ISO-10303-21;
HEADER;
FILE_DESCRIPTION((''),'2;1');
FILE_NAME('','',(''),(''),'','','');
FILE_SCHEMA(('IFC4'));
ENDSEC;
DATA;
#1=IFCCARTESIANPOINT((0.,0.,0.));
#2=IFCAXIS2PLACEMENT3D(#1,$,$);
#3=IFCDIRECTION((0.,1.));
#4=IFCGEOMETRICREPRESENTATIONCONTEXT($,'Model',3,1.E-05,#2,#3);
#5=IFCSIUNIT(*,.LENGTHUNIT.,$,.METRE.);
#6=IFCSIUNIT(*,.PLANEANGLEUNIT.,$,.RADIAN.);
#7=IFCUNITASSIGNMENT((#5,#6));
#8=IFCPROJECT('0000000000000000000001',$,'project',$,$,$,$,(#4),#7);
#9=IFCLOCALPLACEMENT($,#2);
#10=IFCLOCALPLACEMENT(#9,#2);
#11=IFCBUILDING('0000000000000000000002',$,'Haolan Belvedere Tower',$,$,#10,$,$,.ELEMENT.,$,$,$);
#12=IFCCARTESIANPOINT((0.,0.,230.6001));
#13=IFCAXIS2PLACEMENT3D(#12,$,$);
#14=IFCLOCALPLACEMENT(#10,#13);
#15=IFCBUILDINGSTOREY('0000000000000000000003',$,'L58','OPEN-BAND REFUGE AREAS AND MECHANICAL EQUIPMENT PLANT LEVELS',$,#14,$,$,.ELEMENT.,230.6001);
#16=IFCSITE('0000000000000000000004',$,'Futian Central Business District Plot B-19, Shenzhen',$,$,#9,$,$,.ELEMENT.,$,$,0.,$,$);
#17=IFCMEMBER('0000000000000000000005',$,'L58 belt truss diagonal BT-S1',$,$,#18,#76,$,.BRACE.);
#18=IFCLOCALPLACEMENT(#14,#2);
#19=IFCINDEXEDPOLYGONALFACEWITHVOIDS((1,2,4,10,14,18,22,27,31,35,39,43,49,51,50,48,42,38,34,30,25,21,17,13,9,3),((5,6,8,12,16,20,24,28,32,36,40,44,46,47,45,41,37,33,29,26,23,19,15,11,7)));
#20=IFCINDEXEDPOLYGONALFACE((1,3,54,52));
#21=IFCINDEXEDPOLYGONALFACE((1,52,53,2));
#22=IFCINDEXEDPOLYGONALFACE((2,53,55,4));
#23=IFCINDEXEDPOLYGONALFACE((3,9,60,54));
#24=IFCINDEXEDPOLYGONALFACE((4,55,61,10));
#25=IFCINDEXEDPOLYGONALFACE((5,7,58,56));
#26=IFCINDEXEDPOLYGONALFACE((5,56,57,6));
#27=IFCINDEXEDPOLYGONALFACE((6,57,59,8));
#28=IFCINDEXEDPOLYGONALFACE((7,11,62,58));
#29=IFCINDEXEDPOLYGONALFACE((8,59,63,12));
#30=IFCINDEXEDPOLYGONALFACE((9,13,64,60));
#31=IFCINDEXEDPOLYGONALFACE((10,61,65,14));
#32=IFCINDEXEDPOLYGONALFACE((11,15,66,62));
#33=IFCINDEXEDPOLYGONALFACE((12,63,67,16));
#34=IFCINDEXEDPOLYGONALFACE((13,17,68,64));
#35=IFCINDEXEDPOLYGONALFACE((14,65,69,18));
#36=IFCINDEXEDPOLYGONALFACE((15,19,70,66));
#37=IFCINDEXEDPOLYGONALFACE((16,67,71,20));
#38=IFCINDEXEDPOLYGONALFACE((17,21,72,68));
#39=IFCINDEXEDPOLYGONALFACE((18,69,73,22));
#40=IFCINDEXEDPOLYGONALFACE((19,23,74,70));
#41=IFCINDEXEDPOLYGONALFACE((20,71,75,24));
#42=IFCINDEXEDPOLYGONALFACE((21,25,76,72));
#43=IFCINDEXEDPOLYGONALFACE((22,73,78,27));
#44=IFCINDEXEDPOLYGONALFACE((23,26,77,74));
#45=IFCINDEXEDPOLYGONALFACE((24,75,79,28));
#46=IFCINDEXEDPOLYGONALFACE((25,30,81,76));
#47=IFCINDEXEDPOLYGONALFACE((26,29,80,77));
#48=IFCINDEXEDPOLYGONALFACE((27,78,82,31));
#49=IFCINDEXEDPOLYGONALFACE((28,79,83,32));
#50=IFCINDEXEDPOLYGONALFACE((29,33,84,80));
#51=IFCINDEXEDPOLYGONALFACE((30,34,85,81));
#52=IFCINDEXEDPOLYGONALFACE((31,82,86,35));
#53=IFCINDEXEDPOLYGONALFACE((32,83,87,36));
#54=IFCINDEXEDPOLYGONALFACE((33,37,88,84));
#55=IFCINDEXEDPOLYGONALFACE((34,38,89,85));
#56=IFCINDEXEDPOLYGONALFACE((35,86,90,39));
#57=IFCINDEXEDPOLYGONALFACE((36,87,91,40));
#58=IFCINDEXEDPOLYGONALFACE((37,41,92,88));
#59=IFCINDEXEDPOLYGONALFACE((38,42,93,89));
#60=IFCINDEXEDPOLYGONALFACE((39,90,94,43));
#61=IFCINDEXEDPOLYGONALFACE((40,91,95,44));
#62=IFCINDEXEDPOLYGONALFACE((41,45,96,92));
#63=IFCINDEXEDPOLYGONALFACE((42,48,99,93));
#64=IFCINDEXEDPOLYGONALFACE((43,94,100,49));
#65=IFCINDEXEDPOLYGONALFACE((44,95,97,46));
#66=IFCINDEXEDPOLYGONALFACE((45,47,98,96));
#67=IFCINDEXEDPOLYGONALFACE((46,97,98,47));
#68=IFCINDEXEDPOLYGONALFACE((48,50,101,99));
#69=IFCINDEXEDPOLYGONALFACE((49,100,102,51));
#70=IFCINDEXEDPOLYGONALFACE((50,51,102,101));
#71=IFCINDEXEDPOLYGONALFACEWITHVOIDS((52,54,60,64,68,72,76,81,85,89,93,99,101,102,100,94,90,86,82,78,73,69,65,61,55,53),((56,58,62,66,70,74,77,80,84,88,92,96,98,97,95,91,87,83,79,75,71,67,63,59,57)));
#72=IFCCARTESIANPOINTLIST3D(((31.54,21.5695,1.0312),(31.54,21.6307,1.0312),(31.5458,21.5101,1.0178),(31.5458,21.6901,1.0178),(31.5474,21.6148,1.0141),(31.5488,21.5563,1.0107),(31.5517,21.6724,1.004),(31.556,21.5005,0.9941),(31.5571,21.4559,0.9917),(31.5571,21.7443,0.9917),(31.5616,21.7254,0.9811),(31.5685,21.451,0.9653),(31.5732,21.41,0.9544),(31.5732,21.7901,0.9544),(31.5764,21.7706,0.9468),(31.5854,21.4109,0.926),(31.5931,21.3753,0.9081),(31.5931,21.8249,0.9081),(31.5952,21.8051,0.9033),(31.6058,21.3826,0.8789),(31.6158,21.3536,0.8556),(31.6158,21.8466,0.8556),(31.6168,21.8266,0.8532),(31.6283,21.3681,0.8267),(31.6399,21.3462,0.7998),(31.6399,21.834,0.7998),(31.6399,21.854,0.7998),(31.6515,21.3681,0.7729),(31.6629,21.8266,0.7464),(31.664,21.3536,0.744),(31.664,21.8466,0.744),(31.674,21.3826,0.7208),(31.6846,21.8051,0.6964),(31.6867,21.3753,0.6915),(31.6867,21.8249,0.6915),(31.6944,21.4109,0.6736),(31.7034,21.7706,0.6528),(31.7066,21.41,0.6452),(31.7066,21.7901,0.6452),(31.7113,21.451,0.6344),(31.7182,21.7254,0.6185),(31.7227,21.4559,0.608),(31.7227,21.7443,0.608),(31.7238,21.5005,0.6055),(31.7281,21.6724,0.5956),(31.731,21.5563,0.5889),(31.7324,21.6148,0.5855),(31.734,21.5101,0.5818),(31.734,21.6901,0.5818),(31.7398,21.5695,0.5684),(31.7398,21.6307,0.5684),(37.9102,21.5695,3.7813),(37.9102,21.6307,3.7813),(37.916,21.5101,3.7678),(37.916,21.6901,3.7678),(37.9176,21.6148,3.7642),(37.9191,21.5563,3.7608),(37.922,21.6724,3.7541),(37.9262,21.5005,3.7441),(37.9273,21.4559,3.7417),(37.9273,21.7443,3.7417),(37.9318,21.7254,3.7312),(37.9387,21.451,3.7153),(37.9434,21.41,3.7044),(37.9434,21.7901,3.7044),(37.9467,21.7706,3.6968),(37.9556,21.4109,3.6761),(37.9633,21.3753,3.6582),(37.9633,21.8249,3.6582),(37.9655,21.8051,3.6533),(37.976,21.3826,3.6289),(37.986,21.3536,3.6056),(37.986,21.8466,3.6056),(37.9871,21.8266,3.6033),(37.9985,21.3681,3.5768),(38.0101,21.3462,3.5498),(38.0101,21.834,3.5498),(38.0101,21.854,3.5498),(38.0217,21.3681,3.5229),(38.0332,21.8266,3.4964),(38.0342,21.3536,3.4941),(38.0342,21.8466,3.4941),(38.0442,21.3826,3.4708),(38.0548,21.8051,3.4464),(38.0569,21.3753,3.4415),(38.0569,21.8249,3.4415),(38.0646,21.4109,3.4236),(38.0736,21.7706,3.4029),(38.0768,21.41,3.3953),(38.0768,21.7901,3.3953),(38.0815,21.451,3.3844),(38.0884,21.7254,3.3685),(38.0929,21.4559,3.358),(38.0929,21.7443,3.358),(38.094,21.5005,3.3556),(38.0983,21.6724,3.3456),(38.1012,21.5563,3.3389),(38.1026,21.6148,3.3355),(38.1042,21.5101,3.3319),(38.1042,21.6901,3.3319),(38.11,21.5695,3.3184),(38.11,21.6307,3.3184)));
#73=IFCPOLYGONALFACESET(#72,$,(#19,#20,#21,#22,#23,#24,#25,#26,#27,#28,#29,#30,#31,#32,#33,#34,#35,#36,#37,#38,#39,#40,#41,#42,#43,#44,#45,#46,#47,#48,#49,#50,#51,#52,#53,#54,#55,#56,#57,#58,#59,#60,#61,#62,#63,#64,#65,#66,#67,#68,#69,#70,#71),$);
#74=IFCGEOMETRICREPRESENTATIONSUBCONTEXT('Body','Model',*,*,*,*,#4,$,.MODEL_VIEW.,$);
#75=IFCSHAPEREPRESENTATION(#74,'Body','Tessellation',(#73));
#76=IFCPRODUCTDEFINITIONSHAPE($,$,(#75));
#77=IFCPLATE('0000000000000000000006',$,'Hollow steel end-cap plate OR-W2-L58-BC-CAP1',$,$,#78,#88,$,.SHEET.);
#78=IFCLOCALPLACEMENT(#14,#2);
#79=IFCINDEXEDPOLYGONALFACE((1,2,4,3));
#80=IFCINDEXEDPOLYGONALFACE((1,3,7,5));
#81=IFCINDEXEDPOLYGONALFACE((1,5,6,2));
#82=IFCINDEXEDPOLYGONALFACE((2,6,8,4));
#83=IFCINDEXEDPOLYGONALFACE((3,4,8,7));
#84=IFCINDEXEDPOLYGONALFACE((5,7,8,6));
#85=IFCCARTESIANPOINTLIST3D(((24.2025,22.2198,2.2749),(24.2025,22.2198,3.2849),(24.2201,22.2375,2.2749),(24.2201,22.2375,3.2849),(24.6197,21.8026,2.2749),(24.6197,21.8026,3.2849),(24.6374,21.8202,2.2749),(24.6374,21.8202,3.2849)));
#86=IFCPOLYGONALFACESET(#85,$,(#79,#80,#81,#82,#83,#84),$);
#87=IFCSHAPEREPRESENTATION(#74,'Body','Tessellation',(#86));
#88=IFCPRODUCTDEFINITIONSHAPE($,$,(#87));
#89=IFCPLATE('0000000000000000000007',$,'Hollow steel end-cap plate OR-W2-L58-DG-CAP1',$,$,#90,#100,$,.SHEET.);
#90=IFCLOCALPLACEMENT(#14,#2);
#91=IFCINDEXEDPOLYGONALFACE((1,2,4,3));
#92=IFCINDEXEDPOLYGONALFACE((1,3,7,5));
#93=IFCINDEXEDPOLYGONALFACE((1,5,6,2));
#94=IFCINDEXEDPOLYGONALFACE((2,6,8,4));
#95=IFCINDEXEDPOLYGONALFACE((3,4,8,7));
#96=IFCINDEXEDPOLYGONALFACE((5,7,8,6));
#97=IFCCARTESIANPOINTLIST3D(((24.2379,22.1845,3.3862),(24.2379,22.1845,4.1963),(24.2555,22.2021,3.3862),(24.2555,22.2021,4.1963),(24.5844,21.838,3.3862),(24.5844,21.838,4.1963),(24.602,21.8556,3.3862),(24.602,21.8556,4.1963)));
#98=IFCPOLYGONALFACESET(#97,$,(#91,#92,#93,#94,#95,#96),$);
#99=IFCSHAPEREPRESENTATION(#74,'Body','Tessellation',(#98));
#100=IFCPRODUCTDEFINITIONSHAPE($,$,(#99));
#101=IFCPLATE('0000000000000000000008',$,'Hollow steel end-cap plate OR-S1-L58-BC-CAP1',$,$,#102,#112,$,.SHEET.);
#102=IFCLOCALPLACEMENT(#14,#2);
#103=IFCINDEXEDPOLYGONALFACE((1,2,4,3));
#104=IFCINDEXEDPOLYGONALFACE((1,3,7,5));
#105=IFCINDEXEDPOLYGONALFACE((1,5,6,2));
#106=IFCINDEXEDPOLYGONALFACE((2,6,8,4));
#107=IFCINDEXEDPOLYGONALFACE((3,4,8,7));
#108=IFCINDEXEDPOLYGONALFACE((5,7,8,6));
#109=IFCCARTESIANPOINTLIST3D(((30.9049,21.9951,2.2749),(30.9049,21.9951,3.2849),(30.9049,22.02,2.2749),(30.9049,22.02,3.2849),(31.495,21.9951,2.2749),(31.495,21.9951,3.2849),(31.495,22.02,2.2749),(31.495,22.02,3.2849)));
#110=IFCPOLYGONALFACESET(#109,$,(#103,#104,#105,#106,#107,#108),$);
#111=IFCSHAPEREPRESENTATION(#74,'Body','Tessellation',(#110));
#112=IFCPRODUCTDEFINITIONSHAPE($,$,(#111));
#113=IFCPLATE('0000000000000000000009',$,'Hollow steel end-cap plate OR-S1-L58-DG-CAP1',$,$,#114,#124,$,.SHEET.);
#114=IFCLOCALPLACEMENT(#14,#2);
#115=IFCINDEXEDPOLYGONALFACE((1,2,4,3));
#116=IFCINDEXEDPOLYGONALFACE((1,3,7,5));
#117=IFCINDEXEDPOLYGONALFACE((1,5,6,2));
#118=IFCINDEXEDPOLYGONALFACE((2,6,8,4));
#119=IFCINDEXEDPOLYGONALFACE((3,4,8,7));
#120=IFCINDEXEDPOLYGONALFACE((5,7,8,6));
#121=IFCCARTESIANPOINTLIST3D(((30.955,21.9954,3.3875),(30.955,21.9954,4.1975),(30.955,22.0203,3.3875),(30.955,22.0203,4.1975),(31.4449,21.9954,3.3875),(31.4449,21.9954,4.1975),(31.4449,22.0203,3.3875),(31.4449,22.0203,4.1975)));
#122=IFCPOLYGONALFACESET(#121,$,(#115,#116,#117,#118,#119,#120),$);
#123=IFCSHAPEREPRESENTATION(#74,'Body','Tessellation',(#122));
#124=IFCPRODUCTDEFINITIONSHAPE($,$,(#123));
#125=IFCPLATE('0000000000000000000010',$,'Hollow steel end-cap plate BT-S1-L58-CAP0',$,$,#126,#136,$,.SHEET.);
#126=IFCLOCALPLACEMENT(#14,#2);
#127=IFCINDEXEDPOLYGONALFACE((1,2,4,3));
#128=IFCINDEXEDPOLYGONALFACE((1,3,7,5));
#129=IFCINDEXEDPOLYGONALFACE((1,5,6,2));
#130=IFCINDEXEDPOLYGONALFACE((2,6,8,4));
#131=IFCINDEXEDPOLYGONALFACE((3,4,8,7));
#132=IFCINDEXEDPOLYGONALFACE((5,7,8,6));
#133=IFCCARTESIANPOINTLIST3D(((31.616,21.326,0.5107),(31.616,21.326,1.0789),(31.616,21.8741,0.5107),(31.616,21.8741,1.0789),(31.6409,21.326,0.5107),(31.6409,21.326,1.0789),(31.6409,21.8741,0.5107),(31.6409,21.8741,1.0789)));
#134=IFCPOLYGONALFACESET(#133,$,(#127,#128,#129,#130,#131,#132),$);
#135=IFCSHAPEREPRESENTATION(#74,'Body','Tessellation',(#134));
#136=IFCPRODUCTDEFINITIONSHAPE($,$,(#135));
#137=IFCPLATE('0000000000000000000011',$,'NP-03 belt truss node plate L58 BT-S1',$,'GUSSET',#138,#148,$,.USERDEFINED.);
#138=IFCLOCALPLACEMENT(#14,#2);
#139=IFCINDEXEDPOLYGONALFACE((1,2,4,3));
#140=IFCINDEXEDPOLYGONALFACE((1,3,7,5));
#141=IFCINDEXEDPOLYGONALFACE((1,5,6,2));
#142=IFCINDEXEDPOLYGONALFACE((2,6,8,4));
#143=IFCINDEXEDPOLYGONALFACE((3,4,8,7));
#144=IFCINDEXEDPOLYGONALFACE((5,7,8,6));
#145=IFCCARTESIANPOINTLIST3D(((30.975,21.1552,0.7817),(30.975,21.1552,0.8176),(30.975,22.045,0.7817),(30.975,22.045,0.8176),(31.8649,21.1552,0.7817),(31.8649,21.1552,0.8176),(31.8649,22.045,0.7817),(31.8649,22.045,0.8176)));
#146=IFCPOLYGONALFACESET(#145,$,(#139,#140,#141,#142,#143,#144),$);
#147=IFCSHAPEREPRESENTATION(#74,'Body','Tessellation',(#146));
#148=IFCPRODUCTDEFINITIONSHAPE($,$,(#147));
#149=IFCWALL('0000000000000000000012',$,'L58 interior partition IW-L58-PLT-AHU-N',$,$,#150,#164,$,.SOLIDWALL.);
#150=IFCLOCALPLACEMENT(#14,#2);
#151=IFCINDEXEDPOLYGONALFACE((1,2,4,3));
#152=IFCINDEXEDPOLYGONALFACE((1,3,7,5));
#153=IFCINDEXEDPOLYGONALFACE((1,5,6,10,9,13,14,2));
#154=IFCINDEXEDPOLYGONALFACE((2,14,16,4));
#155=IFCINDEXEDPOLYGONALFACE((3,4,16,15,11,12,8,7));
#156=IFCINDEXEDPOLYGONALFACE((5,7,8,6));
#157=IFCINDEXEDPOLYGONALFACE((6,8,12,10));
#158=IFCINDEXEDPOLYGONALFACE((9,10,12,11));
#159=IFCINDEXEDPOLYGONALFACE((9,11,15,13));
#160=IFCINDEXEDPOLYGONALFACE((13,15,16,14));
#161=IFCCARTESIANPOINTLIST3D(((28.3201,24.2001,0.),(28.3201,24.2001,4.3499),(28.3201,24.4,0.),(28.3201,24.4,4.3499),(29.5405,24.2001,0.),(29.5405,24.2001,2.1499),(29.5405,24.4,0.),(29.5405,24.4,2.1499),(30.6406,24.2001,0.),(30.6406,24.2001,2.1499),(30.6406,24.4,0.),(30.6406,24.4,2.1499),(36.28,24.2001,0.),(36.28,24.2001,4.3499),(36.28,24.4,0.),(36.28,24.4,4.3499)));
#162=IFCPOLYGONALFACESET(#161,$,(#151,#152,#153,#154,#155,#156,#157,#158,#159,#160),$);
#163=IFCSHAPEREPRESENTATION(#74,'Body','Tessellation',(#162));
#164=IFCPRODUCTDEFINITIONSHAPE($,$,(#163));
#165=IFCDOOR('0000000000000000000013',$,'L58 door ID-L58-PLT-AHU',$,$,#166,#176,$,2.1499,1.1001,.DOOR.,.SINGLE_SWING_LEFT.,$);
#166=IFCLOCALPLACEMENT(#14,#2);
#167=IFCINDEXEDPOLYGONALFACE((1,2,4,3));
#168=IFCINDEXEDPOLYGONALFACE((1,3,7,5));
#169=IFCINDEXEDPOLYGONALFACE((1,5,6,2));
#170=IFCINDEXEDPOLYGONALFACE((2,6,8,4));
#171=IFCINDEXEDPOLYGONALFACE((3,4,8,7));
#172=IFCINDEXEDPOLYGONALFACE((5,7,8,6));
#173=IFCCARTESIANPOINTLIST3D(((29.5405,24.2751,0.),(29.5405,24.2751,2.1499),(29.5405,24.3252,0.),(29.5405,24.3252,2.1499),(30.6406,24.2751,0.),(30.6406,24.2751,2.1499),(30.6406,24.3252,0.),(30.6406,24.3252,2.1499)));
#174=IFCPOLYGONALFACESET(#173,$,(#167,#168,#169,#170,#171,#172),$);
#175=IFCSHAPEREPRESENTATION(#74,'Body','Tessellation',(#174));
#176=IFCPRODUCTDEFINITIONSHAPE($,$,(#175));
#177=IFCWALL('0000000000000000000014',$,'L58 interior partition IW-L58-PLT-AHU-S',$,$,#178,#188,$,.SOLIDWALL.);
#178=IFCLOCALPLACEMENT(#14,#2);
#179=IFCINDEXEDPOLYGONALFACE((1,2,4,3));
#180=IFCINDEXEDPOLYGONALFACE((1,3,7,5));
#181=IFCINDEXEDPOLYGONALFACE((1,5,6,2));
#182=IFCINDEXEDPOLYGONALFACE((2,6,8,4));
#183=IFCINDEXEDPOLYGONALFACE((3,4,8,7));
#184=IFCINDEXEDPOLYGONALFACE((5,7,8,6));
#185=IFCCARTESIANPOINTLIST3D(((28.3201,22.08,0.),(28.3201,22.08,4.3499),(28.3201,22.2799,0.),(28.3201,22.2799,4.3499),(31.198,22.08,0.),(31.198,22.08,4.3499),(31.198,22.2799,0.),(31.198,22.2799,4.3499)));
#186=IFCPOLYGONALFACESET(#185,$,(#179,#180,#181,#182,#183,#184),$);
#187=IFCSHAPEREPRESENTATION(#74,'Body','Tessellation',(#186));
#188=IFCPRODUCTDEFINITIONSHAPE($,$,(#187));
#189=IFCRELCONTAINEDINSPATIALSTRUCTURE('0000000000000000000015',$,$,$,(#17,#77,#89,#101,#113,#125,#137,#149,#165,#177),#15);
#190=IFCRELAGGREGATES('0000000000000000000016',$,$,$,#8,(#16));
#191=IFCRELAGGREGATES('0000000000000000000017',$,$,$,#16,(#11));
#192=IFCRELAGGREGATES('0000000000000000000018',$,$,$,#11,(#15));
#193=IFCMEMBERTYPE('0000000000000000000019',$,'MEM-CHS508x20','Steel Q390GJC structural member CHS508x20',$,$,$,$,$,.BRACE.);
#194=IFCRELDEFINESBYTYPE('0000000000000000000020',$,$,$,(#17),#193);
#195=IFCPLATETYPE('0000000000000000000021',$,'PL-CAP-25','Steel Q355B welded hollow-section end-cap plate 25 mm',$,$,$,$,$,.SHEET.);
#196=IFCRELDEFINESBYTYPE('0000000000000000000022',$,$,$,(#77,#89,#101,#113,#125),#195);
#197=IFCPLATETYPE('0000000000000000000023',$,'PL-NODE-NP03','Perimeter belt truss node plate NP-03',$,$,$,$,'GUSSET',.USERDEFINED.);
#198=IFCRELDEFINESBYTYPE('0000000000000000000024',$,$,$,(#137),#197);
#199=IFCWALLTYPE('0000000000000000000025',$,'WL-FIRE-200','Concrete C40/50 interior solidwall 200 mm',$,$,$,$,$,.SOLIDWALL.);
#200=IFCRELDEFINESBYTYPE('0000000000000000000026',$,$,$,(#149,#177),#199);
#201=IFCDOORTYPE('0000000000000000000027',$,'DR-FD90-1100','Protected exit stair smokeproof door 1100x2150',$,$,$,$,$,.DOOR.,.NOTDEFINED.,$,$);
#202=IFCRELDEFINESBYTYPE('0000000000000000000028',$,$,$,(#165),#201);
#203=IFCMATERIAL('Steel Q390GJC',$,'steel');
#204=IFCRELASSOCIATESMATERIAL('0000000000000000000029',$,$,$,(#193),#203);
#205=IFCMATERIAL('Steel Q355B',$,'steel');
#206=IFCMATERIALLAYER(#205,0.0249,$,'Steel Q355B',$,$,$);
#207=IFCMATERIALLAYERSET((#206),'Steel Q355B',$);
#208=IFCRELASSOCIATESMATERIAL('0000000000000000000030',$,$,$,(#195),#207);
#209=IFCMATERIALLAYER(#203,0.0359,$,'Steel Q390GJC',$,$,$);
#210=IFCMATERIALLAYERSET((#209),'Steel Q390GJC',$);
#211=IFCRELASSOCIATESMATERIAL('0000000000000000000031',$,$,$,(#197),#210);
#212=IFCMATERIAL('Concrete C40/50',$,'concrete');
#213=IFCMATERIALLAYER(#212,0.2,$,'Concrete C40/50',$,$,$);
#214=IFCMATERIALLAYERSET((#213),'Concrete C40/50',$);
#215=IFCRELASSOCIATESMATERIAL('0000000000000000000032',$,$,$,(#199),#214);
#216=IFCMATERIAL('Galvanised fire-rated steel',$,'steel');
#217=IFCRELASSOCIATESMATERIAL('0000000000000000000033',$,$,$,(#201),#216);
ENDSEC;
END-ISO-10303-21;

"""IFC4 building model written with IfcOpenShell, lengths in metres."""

from ifc_helpers import new_model, si_unit, direction, frame, frame_2d, origin, origin_2d, place, context, subcontext, project, spatial, rectangle, hollow_circle, extrude, material, layer, layer_set, material_profile, profile_set, type_object, element, fill, save


model = new_model("IFC4")

# Units and contexts
model_context = context("Model", 3, precision=1e-05, world=origin(), true_north=direction((0.0, 1.0)))
body_context = subcontext(model_context, "Body", "Model", "MODEL_VIEW")
ifc_project = project(units=[si_unit("LENGTHUNIT", "METRE"), si_unit("PLANEANGLEUNIT", "RADIAN")], contexts=[model_context])

# Site, building, storey
site_placement = place(None, origin())
site = spatial("IfcSite", under=ifc_project, at=site_placement, Name="Futian Central Business District Plot B-19, Shenzhen", CompositionType="ELEMENT", RefElevation=0.0)
building_placement = place(site_placement, origin())
building = spatial("IfcBuilding", under=site, at=building_placement, Name="Haolan Belvedere Tower", CompositionType="ELEMENT")
storey_placement = place(building_placement, frame((0.0, 0.0, 230.6001)))
storey = spatial("IfcBuildingStorey", under=building, at=storey_placement, Name="L58", Description="OPEN-BAND REFUGE AREAS AND MECHANICAL EQUIPMENT PLANT LEVELS", CompositionType="ELEMENT", Elevation=230.6001)

# Shared definitions
ifc_material_1 = material(Name="Steel Q390GJC", Category="steel")

# Shared definitions
ifc_material_2 = material(Name="Steel Q355B", Category="steel")

# Member
ifc_material_profile_1 = material_profile(ifc_material_1, hollow_circle(Radius=0.2539, WallThickness=0.02, at=origin_2d()), Name="Steel Q390GJC")
ifc_profile_set_1 = profile_set([ifc_material_profile_1], Name="Steel Q390GJC")
member_type = type_object("IfcMemberType", Name="MEM-CHS508x20", Description="Steel Q390GJC structural member CHS508x20", PredefinedType="BRACE", material=ifc_profile_set_1)
member_placement = place(storey_placement, frame((31.6399, 21.6001, 0.7998), z_axis=(0.918101, 0.0, 0.396347), x_axis=(0.0, 1.0, 0.0)))
element("IfcMember", 1, at=member_placement, inside=storey, type_object=member_type, Name="L58 belt truss diagonal BT-S1", PredefinedType="BRACE", context=body_context, shape_type="SweptSolid", body=[
    extrude(hollow_circle(Radius=0.2539, WallThickness=0.02, at=origin_2d()), origin(), (0.0, 0.0, 1.0), 6.9385),
])

# Plates
ifc_layer_1 = layer(ifc_material_2, 0.0249, Name="Steel Q355B")
ifc_layer_set_1 = layer_set([ifc_layer_1], Name="Steel Q355B")
plate_type_1 = type_object("IfcPlateType", Name="PL-CAP-25", Description="Steel Q355B welded hollow-section end-cap plate 25 mm", PredefinedType="SHEET", material=ifc_layer_set_1)
plate_1_placement = place(storey_placement, frame((24.4199, 22.02, 2.2749), z_axis=(0.0, 0.0, 1.0), x_axis=(0.707107, -0.707107, 0.0)))
element("IfcPlate", 2, at=plate_1_placement, inside=storey, type_object=plate_type_1, Name="Hollow steel end-cap plate OR-W2-L58-BC-CAP1", PredefinedType="SHEET", context=body_context, shape_type="SweptSolid", body=[
    extrude(rectangle(XDim=0.5901, YDim=0.0249, at=origin_2d()), origin(), (0.0, 0.0, 1.0), 1.01),
])
plate_2_placement = place(storey_placement, frame((24.4199, 22.02, 3.3862), z_axis=(0.0, 0.0, 1.0), x_axis=(0.707107, -0.707107, 0.0)))
element("IfcPlate", 3, at=plate_2_placement, inside=storey, type_object=plate_type_1, Name="Hollow steel end-cap plate OR-W2-L58-DG-CAP1", PredefinedType="SHEET", context=body_context, shape_type="SweptSolid", body=[
    extrude(rectangle(XDim=0.49, YDim=0.0249, at=origin_2d()), origin(), (0.0, 0.0, 1.0), 0.8101),
])
plate_3_placement = place(storey_placement, frame((31.2, 22.0076, 2.2749), z_axis=(0.0, 0.0, 1.0), x_axis=(1.0, 0.0, 0.0)))
element("IfcPlate", 4, at=plate_3_placement, inside=storey, type_object=plate_type_1, Name="Hollow steel end-cap plate OR-S1-L58-BC-CAP1", PredefinedType="SHEET", context=body_context, shape_type="SweptSolid", body=[
    extrude(rectangle(XDim=0.5901, YDim=0.0249, at=origin_2d()), origin(), (0.0, 0.0, 1.0), 1.01),
])
plate_4_placement = place(storey_placement, frame((31.2, 22.0078, 3.3875), z_axis=(0.0, 0.0, 1.0), x_axis=(1.0, 0.0, 0.0)))
element("IfcPlate", 5, at=plate_4_placement, inside=storey, type_object=plate_type_1, Name="Hollow steel end-cap plate OR-S1-L58-DG-CAP1", PredefinedType="SHEET", context=body_context, shape_type="SweptSolid", body=[
    extrude(rectangle(XDim=0.49, YDim=0.0249, at=origin_2d()), origin(), (0.0, 0.0, 1.0), 0.8101),
])
plate_5_placement = place(storey_placement, frame((31.6284, 21.6001, 0.5107), z_axis=(0.0, 0.0, 1.0), x_axis=(0.0, -1.0, 0.0)))
element("IfcPlate", 6, at=plate_5_placement, inside=storey, type_object=plate_type_1, Name="Hollow steel end-cap plate BT-S1-L58-CAP0", PredefinedType="SHEET", context=body_context, shape_type="SweptSolid", body=[
    extrude(rectangle(XDim=0.5481, YDim=0.0249, at=origin_2d()), origin(), (0.0, 0.0, 1.0), 0.5681),
])
ifc_layer_2 = layer(ifc_material_1, 0.0359, Name="Steel Q390GJC")
ifc_layer_set_2 = layer_set([ifc_layer_2], Name="Steel Q390GJC")
plate_type_2 = type_object("IfcPlateType", Name="PL-NODE-NP03", Description="Perimeter belt truss node plate NP-03", ElementType="GUSSET", PredefinedType="USERDEFINED", material=ifc_layer_set_2)
plate_6_placement = place(storey_placement, frame((31.4199, 21.6001, 0.7817), z_axis=(0.0, 0.0, 1.0), x_axis=(1.0, 0.0, 0.0)))
element("IfcPlate", 7, at=plate_6_placement, inside=storey, type_object=plate_type_2, Name="NP-03 belt truss node plate L58 BT-S1", ObjectType="GUSSET", PredefinedType="USERDEFINED", context=body_context, shape_type="SweptSolid", body=[
    extrude(rectangle(XDim=0.8899, YDim=0.8899, at=origin_2d()), origin(), (0.0, 0.0, 1.0), 0.0359),
])

# Wall, opening, door
ifc_material_3 = material(Name="Concrete C40/50", Category="concrete")
ifc_layer_3 = layer(ifc_material_3, 0.2, Name="Concrete C40/50")
ifc_layer_set_3 = layer_set([ifc_layer_3], Name="Concrete C40/50")
wall_type_1 = type_object("IfcWallType", Name="WL-FIRE-200", Description="Concrete C40/50 interior solidwall 200 mm", PredefinedType="SOLIDWALL", material=ifc_layer_set_3)
wall_1_placement = place(storey_placement, frame((28.3201, 24.3, 0.0), z_axis=(0.0, 0.0, 1.0), x_axis=(1.0, 0.0, 0.0)))
wall_1 = element("IfcWall", 8, at=wall_1_placement, inside=storey, type_object=wall_type_1, Name="L58 interior partition IW-L58-PLT-AHU-N", PredefinedType="SOLIDWALL", context=body_context, shape_type="SweptSolid", body=[
    extrude(rectangle(XDim=7.96, YDim=0.2, at=frame_2d((3.98, 0.0))), origin(), (0.0, 0.0, 1.0), 4.3499),
])
opening_placement = place(wall_1_placement, frame((2.3206, 0.0, 0.0), z_axis=(0.0, 0.0, 1.0), x_axis=(-1.0, 0.0, 0.0)))
opening = element("IfcOpeningElement", 9, at=opening_placement, cuts=wall_1, PredefinedType="OPENING", context=body_context, shape_type="SweptSolid", body=[
    extrude(rectangle(XDim=1.1001, YDim=2.1499, at=frame_2d((0.55, 1.075))), frame((0.0, 0.1099, 0.0), z_axis=(0.0, -1.0, 0.0), x_axis=(1.0, 0.0, 0.0)), (0.0, 0.0, 1.0), 0.22),
])
ifc_material_4 = material(Name="Galvanised fire-rated steel", Category="steel")
door_type = type_object("IfcDoorType", Name="DR-FD90-1100", Description="Protected exit stair smokeproof door 1100x2150", OperationType="NOTDEFINED", PredefinedType="DOOR", material=ifc_material_4)
door_placement = place(opening_placement, origin())
door = element("IfcDoor", 10, at=door_placement, inside=storey, type_object=door_type, Name="L58 door ID-L58-PLT-AHU", OperationType="SINGLE_SWING_LEFT", OverallHeight=2.1499, OverallWidth=1.1001, PredefinedType="DOOR", context=body_context, shape_type="SweptSolid", body=[
    extrude(rectangle(XDim=1.1001, YDim=2.1499, at=frame_2d((0.55, 1.075))), frame((0.0, 0.0249, 0.0), z_axis=(0.0, -1.0, 0.0), x_axis=(1.0, 0.0, 0.0)), (0.0, 0.0, 1.0), 0.05),
])
fill(opening, door)

# Wall
wall_2_placement = place(storey_placement, frame((28.3201, 22.1799, 0.0), z_axis=(0.0, 0.0, 1.0), x_axis=(1.0, 0.0, 0.0)))
element("IfcWall", 11, at=wall_2_placement, inside=storey, type_object=wall_type_1, Name="L58 interior partition IW-L58-PLT-AHU-S", PredefinedType="SOLIDWALL", context=body_context, shape_type="SweptSolid", body=[
    extrude(rectangle(XDim=2.8779, YDim=0.2, at=frame_2d((1.439, 0.0))), origin(), (0.0, 0.0, 1.0), 4.3499),
])

save(model, "model.ifc")
